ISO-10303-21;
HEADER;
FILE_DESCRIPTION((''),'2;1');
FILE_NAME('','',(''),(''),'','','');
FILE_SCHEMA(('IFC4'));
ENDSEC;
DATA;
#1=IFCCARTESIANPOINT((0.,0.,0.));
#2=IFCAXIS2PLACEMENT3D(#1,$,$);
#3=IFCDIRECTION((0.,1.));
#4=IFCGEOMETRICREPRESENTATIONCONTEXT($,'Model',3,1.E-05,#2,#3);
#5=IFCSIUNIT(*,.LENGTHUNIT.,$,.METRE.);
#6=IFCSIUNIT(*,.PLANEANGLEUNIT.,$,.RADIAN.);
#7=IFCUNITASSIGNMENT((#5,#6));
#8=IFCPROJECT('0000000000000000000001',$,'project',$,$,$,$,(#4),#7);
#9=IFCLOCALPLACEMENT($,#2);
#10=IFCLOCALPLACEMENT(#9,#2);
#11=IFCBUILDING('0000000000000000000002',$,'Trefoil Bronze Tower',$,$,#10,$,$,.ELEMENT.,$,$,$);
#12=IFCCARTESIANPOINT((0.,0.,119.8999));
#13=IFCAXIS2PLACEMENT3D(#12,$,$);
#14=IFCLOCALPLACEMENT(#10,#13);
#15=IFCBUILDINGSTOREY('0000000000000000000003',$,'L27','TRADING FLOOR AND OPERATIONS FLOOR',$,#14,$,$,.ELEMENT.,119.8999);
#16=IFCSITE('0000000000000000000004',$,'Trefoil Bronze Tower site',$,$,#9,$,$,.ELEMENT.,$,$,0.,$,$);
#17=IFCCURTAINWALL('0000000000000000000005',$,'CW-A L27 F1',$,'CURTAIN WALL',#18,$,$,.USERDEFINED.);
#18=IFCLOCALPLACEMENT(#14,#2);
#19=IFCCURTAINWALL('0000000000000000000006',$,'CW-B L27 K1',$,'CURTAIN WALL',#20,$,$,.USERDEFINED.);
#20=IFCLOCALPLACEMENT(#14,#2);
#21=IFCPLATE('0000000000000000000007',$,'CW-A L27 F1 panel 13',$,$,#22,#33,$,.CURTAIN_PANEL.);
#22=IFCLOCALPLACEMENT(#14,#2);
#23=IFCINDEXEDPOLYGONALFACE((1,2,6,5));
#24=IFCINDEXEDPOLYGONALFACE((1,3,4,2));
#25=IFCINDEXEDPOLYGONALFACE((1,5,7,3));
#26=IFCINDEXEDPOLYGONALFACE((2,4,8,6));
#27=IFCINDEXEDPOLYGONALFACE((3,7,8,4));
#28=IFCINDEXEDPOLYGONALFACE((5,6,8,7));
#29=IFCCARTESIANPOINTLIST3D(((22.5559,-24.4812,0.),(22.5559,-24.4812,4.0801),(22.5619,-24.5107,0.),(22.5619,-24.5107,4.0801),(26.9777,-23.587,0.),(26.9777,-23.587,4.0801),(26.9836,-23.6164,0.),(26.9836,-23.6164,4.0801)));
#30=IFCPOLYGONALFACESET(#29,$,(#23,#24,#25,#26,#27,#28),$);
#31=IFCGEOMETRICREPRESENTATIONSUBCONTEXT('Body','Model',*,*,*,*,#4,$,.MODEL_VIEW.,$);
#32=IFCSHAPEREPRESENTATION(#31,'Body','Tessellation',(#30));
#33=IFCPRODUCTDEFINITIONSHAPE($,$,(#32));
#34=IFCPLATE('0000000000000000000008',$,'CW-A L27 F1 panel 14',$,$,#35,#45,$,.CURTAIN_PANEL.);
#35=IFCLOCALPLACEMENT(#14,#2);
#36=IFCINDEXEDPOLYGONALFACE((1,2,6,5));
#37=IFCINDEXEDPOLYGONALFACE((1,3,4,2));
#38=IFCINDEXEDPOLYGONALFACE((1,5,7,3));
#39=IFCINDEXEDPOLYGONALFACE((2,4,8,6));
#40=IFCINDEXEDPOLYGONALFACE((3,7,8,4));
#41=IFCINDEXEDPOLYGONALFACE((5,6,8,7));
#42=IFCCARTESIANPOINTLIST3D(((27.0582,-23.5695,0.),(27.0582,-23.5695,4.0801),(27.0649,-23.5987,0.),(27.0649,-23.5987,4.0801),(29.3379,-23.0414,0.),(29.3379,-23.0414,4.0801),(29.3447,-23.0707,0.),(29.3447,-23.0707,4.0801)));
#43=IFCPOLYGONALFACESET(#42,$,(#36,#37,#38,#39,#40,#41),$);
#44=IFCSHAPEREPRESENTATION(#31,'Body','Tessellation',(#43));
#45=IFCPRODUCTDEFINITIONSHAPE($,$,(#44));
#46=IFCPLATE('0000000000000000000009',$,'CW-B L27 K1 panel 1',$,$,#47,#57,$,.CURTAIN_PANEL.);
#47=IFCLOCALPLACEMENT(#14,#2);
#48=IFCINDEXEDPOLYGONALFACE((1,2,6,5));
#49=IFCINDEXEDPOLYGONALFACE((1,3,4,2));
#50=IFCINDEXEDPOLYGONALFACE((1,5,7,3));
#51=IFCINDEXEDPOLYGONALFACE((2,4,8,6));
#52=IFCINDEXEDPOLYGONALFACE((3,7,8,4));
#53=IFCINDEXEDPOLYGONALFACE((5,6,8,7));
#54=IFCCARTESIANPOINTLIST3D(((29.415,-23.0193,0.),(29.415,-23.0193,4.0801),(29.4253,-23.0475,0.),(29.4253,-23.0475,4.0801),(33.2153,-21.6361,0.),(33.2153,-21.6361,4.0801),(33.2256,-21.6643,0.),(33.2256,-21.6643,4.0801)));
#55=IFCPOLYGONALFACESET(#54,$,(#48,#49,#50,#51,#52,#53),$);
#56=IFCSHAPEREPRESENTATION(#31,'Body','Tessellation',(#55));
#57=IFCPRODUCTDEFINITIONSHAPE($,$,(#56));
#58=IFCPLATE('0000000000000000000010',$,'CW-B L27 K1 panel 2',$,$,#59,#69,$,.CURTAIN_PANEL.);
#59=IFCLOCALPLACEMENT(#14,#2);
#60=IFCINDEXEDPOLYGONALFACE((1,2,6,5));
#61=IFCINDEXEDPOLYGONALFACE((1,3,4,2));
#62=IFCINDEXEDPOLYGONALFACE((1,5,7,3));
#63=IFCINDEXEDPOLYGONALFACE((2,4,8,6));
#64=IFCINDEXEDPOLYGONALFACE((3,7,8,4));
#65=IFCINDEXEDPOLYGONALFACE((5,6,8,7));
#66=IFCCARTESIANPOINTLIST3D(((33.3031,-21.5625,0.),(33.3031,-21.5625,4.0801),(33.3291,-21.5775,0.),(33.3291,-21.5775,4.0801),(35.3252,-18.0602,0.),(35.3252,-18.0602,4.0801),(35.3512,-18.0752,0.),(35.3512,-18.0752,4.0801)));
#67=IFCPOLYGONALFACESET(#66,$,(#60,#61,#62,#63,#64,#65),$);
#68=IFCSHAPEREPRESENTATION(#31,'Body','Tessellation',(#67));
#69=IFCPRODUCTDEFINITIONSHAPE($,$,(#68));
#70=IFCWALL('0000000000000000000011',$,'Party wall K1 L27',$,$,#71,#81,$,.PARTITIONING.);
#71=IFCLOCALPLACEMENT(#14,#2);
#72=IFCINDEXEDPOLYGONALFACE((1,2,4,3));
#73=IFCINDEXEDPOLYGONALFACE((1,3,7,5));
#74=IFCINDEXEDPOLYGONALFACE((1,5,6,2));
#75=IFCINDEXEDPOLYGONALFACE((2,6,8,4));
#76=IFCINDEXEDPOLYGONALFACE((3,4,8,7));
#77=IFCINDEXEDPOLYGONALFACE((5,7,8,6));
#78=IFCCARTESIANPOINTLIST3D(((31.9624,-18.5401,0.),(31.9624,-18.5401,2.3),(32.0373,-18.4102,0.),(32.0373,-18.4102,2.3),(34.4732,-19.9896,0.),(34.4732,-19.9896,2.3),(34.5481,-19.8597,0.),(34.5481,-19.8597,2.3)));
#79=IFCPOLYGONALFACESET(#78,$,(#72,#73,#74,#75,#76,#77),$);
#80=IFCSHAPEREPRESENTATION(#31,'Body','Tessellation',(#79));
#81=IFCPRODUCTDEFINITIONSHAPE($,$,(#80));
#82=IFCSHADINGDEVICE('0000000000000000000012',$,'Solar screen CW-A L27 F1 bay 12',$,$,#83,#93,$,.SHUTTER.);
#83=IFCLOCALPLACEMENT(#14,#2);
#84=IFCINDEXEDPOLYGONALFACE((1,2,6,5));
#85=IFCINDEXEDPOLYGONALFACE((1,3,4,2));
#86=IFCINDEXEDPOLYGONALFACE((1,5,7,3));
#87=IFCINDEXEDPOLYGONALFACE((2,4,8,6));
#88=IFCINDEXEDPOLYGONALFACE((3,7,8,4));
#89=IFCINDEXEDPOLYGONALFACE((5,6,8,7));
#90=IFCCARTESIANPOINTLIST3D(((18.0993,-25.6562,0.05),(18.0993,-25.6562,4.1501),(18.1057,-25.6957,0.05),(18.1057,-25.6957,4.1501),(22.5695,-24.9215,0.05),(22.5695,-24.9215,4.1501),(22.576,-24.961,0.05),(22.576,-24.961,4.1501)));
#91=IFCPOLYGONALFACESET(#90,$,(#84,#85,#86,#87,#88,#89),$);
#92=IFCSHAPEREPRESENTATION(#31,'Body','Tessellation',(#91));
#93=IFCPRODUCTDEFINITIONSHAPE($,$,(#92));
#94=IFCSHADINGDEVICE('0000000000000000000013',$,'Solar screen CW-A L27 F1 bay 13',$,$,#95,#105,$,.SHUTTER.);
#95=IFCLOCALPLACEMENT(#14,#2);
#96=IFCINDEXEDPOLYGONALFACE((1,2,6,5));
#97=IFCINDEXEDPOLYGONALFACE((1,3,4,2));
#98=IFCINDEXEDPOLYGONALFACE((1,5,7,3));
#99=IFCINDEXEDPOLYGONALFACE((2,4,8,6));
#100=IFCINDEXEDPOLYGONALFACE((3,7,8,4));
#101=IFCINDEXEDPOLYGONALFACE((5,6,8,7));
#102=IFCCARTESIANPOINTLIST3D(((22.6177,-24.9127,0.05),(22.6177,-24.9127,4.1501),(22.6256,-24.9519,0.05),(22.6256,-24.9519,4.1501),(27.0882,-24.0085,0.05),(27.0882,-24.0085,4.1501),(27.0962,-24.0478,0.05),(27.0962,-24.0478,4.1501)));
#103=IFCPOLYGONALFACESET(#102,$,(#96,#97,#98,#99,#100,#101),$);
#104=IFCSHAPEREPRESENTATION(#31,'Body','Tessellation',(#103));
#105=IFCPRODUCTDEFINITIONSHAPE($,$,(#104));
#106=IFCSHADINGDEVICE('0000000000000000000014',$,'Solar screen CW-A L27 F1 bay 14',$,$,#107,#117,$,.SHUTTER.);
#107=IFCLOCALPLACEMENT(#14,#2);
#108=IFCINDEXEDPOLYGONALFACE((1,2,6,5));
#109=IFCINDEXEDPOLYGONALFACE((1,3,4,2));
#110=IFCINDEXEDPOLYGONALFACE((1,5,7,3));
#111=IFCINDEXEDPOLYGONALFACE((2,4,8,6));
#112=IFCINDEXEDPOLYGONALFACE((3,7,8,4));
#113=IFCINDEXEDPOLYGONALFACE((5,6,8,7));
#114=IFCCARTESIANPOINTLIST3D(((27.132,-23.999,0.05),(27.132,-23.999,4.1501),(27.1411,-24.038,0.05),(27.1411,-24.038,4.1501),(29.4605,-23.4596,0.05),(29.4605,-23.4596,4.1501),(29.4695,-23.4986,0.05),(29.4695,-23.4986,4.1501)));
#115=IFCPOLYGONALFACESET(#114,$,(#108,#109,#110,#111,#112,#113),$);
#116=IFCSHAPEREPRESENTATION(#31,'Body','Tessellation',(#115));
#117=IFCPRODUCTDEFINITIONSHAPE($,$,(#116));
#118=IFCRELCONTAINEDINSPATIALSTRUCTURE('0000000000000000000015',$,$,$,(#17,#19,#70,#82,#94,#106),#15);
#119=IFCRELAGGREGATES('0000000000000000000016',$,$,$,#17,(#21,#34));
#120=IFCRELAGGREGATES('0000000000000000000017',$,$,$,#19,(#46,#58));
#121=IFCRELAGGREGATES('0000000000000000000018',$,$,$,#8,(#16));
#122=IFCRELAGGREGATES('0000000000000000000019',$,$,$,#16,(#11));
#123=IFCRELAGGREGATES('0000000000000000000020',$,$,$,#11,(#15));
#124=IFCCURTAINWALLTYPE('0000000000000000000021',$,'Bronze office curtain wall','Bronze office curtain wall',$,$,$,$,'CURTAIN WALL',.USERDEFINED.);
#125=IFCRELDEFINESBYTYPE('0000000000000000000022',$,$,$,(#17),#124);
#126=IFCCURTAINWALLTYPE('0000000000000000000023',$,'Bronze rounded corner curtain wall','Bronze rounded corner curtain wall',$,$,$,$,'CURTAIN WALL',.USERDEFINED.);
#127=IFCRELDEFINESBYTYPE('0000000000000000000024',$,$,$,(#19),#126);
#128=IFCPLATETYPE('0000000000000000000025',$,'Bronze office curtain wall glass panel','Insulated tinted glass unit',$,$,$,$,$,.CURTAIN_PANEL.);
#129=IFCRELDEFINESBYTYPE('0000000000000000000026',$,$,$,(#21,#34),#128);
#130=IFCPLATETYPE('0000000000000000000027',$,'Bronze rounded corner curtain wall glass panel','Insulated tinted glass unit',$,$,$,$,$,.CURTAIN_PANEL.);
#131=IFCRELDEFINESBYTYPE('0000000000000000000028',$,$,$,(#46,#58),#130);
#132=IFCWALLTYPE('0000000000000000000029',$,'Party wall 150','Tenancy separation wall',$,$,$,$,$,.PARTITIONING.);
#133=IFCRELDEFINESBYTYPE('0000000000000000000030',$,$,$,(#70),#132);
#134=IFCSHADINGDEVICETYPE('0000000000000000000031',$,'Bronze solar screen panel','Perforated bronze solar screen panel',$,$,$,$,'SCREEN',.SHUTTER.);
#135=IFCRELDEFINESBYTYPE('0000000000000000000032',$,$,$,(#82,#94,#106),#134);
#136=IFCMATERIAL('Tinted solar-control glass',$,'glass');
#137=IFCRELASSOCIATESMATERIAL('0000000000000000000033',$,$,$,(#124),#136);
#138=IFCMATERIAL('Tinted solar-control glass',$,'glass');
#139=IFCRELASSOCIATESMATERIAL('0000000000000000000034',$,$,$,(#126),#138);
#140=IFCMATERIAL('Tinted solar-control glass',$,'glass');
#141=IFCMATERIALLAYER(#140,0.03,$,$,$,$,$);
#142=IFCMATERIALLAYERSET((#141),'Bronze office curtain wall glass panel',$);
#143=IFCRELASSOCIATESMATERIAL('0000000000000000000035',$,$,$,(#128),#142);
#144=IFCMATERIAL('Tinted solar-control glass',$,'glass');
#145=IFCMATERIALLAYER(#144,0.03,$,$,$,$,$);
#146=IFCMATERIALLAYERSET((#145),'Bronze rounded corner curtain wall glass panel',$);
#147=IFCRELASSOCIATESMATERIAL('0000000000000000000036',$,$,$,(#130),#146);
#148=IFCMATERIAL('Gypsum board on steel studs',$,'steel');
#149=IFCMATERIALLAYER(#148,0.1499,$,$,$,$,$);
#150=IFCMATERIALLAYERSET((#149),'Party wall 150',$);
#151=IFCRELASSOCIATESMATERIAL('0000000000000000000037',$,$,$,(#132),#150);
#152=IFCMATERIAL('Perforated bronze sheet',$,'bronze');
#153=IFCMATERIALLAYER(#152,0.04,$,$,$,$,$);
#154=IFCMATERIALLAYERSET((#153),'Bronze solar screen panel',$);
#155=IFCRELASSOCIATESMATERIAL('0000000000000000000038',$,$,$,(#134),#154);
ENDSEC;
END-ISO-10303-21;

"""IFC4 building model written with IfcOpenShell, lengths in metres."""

from ifc_helpers import new_model, si_unit, direction, frame, frame_2d, origin, origin_2d, place, context, subcontext, project, spatial, rectangle, extrude, material, layer, layer_set, type_object, element, aggregate, save


model = new_model("IFC4")

# Units and contexts
model_context = context("Model", 3, precision=1e-05, world=origin(), true_north=direction((0.0, 1.0)))
body_context = subcontext(model_context, "Body", "Model", "MODEL_VIEW")
ifc_project = project(units=[si_unit("LENGTHUNIT", "METRE"), si_unit("PLANEANGLEUNIT", "RADIAN")], contexts=[model_context])

# Site, building, storey
site_placement = place(None, origin())
site = spatial("IfcSite", under=ifc_project, at=site_placement, Name="Trefoil Bronze Tower site", CompositionType="ELEMENT", RefElevation=0.0)
building_placement = place(site_placement, origin())
building = spatial("IfcBuilding", under=site, at=building_placement, Name="Trefoil Bronze Tower", CompositionType="ELEMENT")
storey_placement = place(building_placement, frame((0.0, 0.0, 119.8999)))
storey = spatial("IfcBuildingStorey", under=building, at=storey_placement, Name="L27", Description="TRADING FLOOR AND OPERATIONS FLOOR", CompositionType="ELEMENT", Elevation=119.8999)

# Curtain walls
ifc_material_1 = material(Name="Tinted solar-control glass", Category="glass")
curtain_wall_type_1 = type_object("IfcCurtainWallType", Name="Bronze office curtain wall", Description="Bronze office curtain wall", ElementType="CURTAIN WALL", PredefinedType="USERDEFINED", material=ifc_material_1)
curtain_wall_1_placement = place(storey_placement, origin())
curtain_wall_1 = element("IfcCurtainWall", 1, at=curtain_wall_1_placement, inside=storey, type_object=curtain_wall_type_1, Name="CW-A L27 F1", ObjectType="CURTAIN WALL", PredefinedType="USERDEFINED")
ifc_material_2 = material(Name="Tinted solar-control glass", Category="glass")
curtain_wall_type_2 = type_object("IfcCurtainWallType", Name="Bronze rounded corner curtain wall", Description="Bronze rounded corner curtain wall", ElementType="CURTAIN WALL", PredefinedType="USERDEFINED", material=ifc_material_2)
curtain_wall_2_placement = place(storey_placement, origin())
curtain_wall_2 = element("IfcCurtainWall", 2, at=curtain_wall_2_placement, inside=storey, type_object=curtain_wall_type_2, Name="CW-B L27 K1", ObjectType="CURTAIN WALL", PredefinedType="USERDEFINED")

# Plates
ifc_material_3 = material(Name="Tinted solar-control glass", Category="glass")
ifc_layer_1 = layer(ifc_material_3, 0.03)
ifc_layer_set_1 = layer_set([ifc_layer_1], Name="Bronze office curtain wall glass panel")
plate_type_1 = type_object("IfcPlateType", Name="Bronze office curtain wall glass panel", Description="Insulated tinted glass unit", PredefinedType="CURTAIN_PANEL", material=ifc_layer_set_1)
plate_1_placement = place(storey_placement, frame((24.7698, -24.0488, 0.0), z_axis=(0.0, 0.0, 1.0), x_axis=(0.980155, 0.198232, 0.0)))
plate_1 = element("IfcPlate", 3, at=plate_1_placement, type_object=plate_type_1, Name="CW-A L27 F1 panel 13", PredefinedType="CURTAIN_PANEL", context=body_context, shape_type="SweptSolid", body=[
    extrude(rectangle(XDim=4.5112, YDim=0.03, at=origin_2d()), origin(), (0.0, 0.0, 1.0), 4.0801),
])
plate_2_placement = place(storey_placement, frame((28.2014, -23.3201, 0.0), z_axis=(0.0, 0.0, 1.0), x_axis=(0.974204, 0.225667, 0.0)))
plate_2 = element("IfcPlate", 4, at=plate_2_placement, type_object=plate_type_1, Name="CW-A L27 F1 panel 14", PredefinedType="CURTAIN_PANEL", context=body_context, shape_type="SweptSolid", body=[
    extrude(rectangle(XDim=2.3401, YDim=0.03, at=origin_2d()), origin(), (0.0, 0.0, 1.0), 4.0801),
])
aggregate(curtain_wall_1, [plate_1, plate_2])
ifc_material_4 = material(Name="Tinted solar-control glass", Category="glass")
ifc_layer_2 = layer(ifc_material_4, 0.03)
ifc_layer_set_2 = layer_set([ifc_layer_2], Name="Bronze rounded corner curtain wall glass panel")
plate_type_2 = type_object("IfcPlateType", Name="Bronze rounded corner curtain wall glass panel", Description="Insulated tinted glass unit", PredefinedType="CURTAIN_PANEL", material=ifc_layer_set_2)
plate_3_placement = place(storey_placement, frame((31.3203, -22.3418, 0.0), z_axis=(0.0, 0.0, 1.0), x_axis=(0.939693, 0.34202, 0.0)))
plate_3 = element("IfcPlate", 5, at=plate_3_placement, type_object=plate_type_2, Name="CW-B L27 K1 panel 1", PredefinedType="CURTAIN_PANEL", context=body_context, shape_type="SweptSolid", body=[
    extrude(rectangle(XDim=4.0442, YDim=0.03, at=origin_2d()), origin(), (0.0, 0.0, 1.0), 4.0801),
])
plate_4_placement = place(storey_placement, frame((34.3271, -19.8188, 0.0), z_axis=(0.0, 0.0, 1.0), x_axis=(0.5, 0.866025, 0.0)))
plate_4 = element("IfcPlate", 6, at=plate_4_placement, type_object=plate_type_2, Name="CW-B L27 K1 panel 2", PredefinedType="CURTAIN_PANEL", context=body_context, shape_type="SweptSolid", body=[
    extrude(rectangle(XDim=4.0442, YDim=0.03, at=origin_2d()), origin(), (0.0, 0.0, 1.0), 4.0801),
])
aggregate(curtain_wall_2, [plate_3, plate_4])

# Wall
ifc_material_5 = material(Name="Gypsum board on steel studs", Category="steel")
ifc_layer_3 = layer(ifc_material_5, 0.1499)
ifc_layer_set_3 = layer_set([ifc_layer_3], Name="Party wall 150")
wall_type = type_object("IfcWallType", Name="Party wall 150", Description="Tenancy separation wall", PredefinedType="PARTITIONING", material=ifc_layer_set_3)
wall_placement = place(storey_placement, frame((31.9998, -18.4751, 0.0), z_axis=(0.0, 0.0, 1.0), x_axis=(0.866043, -0.49997, 0.0)))
element("IfcWall", 7, at=wall_placement, inside=storey, type_object=wall_type, Name="Party wall K1 L27", PredefinedType="PARTITIONING", context=body_context, shape_type="SweptSolid", body=[
    extrude(rectangle(XDim=2.8992, YDim=0.1499, at=frame_2d((1.4497, 0.0))), origin(), (0.0, 0.0, 1.0), 2.3),
])

# Shading devices
ifc_material_6 = material(Name="Perforated bronze sheet", Category="bronze")
ifc_layer_4 = layer(ifc_material_6, 0.04)
ifc_layer_set_4 = layer_set([ifc_layer_4], Name="Bronze solar screen panel")
shading_device_type = type_object("IfcShadingDeviceType", Name="Bronze solar screen panel", Description="Perforated bronze solar screen panel", ElementType="SCREEN", PredefinedType="SHUTTER", material=ifc_layer_set_4)
shading_device_1_placement = place(storey_placement, frame((20.3376, -25.3086, 0.05), z_axis=(0.0, 0.0, 1.0), x_axis=(0.98676, 0.162189, 0.0)))
element("IfcShadingDevice", 8, at=shading_device_1_placement, inside=storey, type_object=shading_device_type, Name="Solar screen CW-A L27 F1 bay 12", PredefinedType="SHUTTER", context=body_context, shape_type="SweptSolid", body=[
    extrude(rectangle(XDim=4.5303, YDim=0.04, at=origin_2d()), origin(), (0.0, 0.0, 1.0), 4.1001),
])
shading_device_2_placement = place(storey_placement, frame((24.8569, -24.4802, 0.05), z_axis=(0.0, 0.0, 1.0), x_axis=(0.980155, 0.198232, 0.0)))
element("IfcShadingDevice", 9, at=shading_device_2_placement, inside=storey, type_object=shading_device_type, Name="Solar screen CW-A L27 F1 bay 13", PredefinedType="SHUTTER", context=body_context, shape_type="SweptSolid", body=[
    extrude(rectangle(XDim=4.561, YDim=0.04, at=origin_2d()), origin(), (0.0, 0.0, 1.0), 4.1001),
])
shading_device_3_placement = place(storey_placement, frame((28.3008, -23.7488, 0.05), z_axis=(0.0, 0.0, 1.0), x_axis=(0.974204, 0.225667, 0.0)))
element("IfcShadingDevice", 10, at=shading_device_3_placement, inside=storey, type_object=shading_device_type, Name="Solar screen CW-A L27 F1 bay 14", PredefinedType="SHUTTER", context=body_context, shape_type="SweptSolid", body=[
    extrude(rectangle(XDim=2.3901, YDim=0.04, at=origin_2d()), origin(), (0.0, 0.0, 1.0), 4.1001),
])

save(model, "model.ifc")
